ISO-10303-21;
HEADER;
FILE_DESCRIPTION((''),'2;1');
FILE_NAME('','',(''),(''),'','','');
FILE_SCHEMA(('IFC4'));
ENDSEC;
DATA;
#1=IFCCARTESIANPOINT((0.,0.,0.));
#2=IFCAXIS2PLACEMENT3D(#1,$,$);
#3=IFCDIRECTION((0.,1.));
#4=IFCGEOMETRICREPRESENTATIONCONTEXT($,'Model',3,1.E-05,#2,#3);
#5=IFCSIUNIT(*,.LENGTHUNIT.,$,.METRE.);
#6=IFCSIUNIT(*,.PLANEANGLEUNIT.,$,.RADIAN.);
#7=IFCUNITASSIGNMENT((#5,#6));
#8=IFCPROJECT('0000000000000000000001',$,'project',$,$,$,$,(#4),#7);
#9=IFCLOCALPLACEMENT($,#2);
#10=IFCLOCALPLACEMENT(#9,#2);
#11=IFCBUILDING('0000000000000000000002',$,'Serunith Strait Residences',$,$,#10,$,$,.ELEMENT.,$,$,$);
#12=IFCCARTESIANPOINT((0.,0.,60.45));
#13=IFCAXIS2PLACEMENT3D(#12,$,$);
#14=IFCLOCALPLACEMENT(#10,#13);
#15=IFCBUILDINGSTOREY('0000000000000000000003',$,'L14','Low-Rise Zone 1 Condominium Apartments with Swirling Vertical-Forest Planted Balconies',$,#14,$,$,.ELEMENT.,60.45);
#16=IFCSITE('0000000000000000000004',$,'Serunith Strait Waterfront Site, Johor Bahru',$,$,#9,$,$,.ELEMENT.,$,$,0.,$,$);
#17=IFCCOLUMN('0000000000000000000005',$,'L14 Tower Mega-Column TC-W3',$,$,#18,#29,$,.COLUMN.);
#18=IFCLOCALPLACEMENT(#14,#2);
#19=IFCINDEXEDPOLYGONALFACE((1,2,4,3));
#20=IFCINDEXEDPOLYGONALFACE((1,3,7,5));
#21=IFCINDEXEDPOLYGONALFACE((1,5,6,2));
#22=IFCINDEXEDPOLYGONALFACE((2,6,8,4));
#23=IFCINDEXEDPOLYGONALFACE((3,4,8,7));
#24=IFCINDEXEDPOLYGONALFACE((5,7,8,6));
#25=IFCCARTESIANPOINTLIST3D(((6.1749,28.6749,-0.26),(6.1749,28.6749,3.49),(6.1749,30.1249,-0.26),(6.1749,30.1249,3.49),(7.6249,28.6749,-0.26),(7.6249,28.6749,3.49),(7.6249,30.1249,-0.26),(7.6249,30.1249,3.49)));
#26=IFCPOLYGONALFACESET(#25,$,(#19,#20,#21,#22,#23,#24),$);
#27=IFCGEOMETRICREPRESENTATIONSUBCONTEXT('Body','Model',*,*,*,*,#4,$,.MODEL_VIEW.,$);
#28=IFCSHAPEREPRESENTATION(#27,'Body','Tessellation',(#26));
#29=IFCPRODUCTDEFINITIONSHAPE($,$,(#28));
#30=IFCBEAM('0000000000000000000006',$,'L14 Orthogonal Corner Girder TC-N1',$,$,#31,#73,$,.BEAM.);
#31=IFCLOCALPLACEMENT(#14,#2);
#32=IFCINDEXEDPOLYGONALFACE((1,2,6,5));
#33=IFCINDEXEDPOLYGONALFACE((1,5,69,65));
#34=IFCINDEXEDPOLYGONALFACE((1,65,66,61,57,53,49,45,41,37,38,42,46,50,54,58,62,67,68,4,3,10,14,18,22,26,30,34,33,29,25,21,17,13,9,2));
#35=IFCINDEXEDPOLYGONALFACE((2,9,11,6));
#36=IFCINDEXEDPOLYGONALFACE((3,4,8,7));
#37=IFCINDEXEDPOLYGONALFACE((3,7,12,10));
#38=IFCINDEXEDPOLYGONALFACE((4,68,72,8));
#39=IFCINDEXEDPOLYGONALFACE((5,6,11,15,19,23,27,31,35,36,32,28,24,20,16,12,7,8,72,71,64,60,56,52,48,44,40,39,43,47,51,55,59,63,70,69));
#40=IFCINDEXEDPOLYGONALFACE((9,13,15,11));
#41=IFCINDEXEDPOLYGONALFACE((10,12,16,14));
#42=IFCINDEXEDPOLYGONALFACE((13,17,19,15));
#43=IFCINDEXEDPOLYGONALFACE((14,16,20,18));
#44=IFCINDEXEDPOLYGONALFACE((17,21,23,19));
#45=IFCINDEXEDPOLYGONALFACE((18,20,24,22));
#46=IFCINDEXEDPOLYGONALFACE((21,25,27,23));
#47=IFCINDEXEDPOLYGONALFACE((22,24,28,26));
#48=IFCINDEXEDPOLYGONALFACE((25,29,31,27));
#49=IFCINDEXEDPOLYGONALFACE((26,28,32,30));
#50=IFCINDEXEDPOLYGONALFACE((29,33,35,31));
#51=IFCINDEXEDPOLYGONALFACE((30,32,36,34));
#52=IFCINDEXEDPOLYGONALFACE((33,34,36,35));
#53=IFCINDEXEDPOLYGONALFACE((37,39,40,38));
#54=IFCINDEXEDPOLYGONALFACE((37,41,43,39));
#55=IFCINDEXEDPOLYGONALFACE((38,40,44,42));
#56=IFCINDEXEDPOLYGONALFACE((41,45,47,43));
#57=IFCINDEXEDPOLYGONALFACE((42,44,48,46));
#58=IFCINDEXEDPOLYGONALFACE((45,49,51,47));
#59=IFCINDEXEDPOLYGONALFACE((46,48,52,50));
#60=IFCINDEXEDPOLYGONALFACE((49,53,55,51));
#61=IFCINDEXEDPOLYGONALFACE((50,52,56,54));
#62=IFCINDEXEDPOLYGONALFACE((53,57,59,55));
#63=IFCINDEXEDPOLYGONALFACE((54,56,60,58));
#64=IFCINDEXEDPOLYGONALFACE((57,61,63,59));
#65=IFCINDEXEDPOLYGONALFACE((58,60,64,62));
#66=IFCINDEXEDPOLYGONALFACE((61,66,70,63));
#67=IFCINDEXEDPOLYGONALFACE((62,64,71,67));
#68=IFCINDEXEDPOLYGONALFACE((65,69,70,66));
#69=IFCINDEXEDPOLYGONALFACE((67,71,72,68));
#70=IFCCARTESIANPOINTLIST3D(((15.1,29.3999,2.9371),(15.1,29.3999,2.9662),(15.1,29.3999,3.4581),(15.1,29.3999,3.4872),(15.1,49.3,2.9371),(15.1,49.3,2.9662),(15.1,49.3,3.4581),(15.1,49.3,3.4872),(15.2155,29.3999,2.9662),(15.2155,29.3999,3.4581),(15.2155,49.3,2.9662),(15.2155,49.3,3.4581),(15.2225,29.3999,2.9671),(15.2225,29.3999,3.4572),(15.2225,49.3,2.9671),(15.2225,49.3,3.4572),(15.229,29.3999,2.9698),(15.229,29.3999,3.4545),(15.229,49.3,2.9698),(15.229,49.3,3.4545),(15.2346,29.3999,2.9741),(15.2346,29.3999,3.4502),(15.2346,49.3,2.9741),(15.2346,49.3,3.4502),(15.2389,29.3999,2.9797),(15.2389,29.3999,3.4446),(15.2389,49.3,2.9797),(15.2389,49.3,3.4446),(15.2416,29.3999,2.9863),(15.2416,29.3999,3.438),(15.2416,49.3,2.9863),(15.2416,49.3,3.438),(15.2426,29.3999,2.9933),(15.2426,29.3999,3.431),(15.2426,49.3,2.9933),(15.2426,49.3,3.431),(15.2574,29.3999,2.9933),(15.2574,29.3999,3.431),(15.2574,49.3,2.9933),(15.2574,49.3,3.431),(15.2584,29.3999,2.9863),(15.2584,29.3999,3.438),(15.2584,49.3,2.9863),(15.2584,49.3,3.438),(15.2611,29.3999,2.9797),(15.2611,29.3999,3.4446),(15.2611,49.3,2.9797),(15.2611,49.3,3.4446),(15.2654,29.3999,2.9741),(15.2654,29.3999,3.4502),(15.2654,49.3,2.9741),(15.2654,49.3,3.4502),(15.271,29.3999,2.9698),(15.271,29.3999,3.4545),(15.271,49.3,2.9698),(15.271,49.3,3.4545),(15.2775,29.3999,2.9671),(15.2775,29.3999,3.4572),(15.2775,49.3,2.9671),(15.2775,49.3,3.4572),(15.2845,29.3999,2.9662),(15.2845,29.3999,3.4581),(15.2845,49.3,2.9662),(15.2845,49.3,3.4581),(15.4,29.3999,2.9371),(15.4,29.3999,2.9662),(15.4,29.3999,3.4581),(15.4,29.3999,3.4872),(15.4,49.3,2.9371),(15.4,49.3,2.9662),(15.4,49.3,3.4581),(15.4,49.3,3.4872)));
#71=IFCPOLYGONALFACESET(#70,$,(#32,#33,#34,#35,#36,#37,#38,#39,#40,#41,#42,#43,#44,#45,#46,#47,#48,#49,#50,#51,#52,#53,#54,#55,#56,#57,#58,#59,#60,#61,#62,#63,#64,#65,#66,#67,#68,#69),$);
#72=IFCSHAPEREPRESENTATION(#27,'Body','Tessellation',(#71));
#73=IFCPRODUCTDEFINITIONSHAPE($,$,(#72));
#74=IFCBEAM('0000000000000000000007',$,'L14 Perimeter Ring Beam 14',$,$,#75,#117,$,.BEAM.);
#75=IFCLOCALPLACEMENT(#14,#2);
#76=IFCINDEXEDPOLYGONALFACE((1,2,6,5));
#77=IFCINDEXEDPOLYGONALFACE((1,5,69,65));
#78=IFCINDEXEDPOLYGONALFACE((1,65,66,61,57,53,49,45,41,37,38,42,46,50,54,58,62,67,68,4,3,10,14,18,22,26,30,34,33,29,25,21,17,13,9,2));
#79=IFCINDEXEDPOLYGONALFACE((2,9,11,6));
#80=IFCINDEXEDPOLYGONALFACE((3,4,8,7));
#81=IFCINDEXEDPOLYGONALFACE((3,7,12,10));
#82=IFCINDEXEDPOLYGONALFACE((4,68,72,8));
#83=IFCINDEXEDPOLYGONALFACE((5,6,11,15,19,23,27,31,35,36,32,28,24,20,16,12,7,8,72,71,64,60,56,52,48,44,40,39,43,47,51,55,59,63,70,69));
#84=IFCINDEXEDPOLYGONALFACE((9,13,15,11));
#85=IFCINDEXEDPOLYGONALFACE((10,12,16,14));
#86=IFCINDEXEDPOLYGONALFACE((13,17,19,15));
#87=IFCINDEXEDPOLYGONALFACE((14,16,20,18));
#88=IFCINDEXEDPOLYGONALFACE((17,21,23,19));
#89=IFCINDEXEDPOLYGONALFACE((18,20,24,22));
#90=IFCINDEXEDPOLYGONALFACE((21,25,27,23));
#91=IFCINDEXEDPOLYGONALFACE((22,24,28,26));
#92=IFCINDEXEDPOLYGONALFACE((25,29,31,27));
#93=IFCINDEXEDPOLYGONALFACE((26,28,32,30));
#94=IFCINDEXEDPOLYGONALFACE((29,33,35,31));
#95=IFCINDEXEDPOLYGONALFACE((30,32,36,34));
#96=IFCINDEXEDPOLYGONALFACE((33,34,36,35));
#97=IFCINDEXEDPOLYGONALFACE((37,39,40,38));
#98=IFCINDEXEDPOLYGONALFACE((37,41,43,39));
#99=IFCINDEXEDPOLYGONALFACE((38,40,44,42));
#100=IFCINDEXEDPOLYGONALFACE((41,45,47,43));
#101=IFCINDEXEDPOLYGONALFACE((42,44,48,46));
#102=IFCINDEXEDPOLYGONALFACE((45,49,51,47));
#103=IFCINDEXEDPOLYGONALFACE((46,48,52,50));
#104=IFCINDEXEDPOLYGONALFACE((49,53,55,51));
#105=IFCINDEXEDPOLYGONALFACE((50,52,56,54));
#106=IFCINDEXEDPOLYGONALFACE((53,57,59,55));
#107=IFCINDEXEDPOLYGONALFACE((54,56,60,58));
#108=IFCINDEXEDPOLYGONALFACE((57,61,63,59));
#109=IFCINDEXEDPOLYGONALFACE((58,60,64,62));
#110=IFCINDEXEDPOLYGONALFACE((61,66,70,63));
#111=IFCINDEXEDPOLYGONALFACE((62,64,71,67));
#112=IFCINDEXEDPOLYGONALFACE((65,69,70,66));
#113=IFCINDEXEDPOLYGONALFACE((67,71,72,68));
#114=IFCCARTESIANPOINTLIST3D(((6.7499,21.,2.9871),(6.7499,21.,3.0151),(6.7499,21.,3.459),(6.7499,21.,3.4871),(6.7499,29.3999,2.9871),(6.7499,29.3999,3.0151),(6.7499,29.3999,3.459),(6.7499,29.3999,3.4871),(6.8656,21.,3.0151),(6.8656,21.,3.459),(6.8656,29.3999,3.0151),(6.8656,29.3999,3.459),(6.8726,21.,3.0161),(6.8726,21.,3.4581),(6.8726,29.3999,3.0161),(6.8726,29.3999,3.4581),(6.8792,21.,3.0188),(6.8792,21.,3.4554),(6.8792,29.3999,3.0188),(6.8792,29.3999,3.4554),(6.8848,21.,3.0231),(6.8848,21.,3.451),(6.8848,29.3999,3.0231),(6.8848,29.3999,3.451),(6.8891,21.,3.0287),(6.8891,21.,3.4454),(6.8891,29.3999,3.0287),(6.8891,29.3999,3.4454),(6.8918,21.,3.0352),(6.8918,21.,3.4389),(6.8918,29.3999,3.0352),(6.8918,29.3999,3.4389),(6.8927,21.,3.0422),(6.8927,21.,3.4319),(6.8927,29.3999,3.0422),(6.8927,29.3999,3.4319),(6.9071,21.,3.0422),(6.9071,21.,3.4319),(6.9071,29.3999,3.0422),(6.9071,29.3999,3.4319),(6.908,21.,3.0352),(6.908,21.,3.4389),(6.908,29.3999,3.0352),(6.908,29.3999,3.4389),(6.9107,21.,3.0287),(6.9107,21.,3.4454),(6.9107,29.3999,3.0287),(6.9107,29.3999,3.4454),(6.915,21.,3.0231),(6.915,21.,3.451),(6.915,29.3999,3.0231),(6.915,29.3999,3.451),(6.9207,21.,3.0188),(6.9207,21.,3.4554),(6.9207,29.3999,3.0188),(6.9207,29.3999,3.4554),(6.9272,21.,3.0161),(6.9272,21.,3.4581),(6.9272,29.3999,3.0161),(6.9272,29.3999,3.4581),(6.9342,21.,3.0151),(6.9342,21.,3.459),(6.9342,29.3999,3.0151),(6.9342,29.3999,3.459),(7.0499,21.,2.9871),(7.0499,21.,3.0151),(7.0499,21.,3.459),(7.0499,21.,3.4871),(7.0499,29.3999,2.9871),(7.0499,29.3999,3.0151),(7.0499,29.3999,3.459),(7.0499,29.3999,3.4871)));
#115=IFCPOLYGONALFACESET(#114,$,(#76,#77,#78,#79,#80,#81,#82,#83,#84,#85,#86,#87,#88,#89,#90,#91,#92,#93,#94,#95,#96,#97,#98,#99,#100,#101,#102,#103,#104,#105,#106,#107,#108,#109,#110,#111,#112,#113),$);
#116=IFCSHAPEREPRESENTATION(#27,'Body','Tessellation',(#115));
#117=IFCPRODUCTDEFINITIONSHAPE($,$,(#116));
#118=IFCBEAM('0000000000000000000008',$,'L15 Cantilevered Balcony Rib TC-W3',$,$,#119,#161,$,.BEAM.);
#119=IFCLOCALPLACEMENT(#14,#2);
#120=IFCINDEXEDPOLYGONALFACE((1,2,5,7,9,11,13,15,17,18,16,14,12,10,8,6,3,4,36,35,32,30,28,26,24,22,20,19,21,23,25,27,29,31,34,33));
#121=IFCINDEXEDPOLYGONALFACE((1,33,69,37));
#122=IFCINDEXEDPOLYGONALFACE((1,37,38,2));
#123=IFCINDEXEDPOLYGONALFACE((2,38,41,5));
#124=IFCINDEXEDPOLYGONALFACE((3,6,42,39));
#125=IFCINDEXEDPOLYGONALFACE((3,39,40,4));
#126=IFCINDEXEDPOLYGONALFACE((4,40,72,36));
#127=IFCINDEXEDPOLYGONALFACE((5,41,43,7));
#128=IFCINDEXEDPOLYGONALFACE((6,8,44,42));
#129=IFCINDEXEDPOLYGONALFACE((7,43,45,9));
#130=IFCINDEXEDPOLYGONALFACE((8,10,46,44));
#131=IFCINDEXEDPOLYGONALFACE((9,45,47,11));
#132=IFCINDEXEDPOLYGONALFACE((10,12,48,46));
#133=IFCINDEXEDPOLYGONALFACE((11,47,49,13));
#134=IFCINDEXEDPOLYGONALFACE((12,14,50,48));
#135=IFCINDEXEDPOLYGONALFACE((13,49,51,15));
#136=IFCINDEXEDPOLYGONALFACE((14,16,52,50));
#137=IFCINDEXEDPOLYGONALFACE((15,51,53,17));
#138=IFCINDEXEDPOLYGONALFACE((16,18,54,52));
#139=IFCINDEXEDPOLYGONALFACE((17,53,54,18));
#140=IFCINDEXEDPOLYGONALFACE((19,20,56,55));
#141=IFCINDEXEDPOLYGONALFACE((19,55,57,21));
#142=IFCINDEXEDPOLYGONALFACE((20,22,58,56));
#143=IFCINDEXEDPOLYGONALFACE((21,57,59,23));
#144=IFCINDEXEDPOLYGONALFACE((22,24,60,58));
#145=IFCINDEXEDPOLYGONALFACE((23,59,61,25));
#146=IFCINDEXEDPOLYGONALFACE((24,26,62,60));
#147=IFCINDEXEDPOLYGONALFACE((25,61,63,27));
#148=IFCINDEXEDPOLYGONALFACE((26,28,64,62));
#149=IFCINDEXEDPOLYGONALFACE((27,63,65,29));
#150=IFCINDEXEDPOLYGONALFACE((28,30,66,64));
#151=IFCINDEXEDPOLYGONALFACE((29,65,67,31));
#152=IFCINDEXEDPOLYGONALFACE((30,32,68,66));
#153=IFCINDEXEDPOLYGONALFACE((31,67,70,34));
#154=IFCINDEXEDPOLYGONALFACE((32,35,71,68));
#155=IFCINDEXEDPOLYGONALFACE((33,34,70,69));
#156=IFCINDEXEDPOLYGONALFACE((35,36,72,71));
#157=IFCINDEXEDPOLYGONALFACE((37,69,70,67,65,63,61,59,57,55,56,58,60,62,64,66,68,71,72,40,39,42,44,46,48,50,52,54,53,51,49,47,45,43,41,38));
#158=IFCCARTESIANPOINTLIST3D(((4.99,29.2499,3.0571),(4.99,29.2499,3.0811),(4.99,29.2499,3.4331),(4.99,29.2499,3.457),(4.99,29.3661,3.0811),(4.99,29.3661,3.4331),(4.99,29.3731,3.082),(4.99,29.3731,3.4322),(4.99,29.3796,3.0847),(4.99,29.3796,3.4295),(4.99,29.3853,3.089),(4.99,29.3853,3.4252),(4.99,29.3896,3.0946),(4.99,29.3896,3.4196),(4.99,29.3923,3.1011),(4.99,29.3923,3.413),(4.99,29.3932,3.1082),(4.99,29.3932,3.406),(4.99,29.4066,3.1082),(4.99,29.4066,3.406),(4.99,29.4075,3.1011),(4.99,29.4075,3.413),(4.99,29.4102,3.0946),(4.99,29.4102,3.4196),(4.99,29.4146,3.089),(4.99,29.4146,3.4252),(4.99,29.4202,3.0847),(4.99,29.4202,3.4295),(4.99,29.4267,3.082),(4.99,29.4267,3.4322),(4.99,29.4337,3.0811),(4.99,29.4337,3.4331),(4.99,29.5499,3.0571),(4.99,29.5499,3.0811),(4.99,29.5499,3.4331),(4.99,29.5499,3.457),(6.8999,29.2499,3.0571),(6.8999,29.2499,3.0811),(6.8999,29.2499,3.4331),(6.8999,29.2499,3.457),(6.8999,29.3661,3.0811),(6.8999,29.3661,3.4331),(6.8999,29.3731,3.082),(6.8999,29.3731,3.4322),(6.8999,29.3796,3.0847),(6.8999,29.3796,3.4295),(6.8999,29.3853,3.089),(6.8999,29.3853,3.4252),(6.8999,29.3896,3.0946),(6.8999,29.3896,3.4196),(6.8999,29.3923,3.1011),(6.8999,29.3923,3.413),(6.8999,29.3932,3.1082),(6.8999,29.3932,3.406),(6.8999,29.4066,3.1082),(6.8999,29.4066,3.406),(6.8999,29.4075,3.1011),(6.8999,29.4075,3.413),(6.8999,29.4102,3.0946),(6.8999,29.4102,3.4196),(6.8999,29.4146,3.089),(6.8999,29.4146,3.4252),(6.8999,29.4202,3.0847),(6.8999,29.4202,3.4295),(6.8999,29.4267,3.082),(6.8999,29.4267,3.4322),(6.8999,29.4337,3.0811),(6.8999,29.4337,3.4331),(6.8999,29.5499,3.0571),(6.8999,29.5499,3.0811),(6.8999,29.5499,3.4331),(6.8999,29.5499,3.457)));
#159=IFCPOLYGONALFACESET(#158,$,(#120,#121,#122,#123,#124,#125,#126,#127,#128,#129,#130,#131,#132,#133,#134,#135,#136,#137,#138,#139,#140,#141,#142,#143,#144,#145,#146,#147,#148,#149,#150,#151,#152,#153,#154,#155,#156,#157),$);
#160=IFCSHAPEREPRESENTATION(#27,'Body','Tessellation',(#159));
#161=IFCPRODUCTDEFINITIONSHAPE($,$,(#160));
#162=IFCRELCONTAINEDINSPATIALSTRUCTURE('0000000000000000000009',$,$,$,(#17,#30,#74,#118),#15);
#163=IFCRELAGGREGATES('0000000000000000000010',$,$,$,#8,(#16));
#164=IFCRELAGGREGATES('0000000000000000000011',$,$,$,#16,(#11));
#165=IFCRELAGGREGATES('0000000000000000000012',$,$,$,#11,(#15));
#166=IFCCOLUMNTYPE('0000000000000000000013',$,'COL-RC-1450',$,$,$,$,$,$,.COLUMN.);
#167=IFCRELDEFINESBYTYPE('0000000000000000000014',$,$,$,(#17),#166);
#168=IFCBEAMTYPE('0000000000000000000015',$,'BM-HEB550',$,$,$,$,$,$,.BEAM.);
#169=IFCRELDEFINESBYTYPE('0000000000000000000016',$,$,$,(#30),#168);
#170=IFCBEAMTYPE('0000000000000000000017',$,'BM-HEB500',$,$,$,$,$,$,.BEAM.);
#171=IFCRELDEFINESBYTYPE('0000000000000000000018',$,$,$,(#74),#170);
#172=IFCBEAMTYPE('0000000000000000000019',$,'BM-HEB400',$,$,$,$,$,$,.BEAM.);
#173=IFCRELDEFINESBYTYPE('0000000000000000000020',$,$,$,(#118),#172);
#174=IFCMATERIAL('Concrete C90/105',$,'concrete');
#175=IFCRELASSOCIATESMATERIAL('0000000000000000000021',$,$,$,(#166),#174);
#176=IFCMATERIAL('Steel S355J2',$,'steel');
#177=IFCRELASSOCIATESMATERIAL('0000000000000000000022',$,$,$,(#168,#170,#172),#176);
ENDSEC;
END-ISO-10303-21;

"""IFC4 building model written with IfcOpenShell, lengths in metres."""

from ifc_helpers import new_model, si_unit, direction, frame, origin, origin_2d, place, context, subcontext, project, spatial, rectangle, i_section, extrude, source, transform, mapped, material, material_profile, profile_set, type_object, element, save


model = new_model("IFC4")

# Units and contexts
model_context = context("Model", 3, precision=1e-05, world=origin(), true_north=direction((0.0, 1.0)))
body_context = subcontext(model_context, "Body", "Model", "MODEL_VIEW")
ifc_project = project(units=[si_unit("LENGTHUNIT", "METRE"), si_unit("PLANEANGLEUNIT", "RADIAN")], contexts=[model_context])

# Site, building, storey
site_placement = place(None, origin())
site = spatial("IfcSite", under=ifc_project, at=site_placement, Name="Serunith Strait Waterfront Site, Johor Bahru", CompositionType="ELEMENT", RefElevation=0.0)
building_placement = place(site_placement, origin())
building = spatial("IfcBuilding", under=site, at=building_placement, Name="Serunith Strait Residences", CompositionType="ELEMENT")
storey_placement = place(building_placement, frame((0.0, 0.0, 60.45)))
storey = spatial("IfcBuildingStorey", under=building, at=storey_placement, Name="L14", Description="Low-Rise Zone 1 Condominium Apartments with Swirling Vertical-Forest Planted Balconies", CompositionType="ELEMENT", Elevation=60.45)

# Column
ifc_material_1 = material(Name="Concrete C90/105", Category="concrete")
ifc_material_profile_1 = material_profile(ifc_material_1, rectangle(XDim=1.45, YDim=1.45, at=origin_2d()), Name="RC 1450x1450")
ifc_profile_set_1 = profile_set([ifc_material_profile_1], Name="Concrete C90/105")
column_type = type_object("IfcColumnType", Name="COL-RC-1450", PredefinedType="COLUMN", material=ifc_profile_set_1)
shared_shape_1 = source(origin(), body_context, "Body", "SweptSolid", [
    extrude(rectangle(XDim=1.45, YDim=1.45, at=origin_2d()), origin(), (0.0, 0.0, 1.0), 3.75),
])
column_placement = place(storey_placement, frame((6.8999, 29.3999, -0.26), z_axis=(0.0, 0.0, 1.0), x_axis=(1.0, 0.0, 0.0)))
element("IfcColumn", 1, at=column_placement, inside=storey, type_object=column_type, Name="L14 Tower Mega-Column TC-W3", PredefinedType="COLUMN", context=body_context, shape_type="MappedRepresentation", body=[
    mapped(shared_shape_1, transform((0.0, 0.0, 0.0), scale=1.0)),
])

# Beams
ifc_material_2 = material(Name="Steel S355J2", Category="steel")
ifc_material_profile_2 = material_profile(ifc_material_2, i_section(OverallWidth=0.3, OverallDepth=0.55, WebThickness=0.0149, FlangeThickness=0.0291, FilletRadius=0.0271, at=origin_2d()), Name="HEB 550")
ifc_profile_set_2 = profile_set([ifc_material_profile_2], Name="Steel S355J2")
beam_type_1 = type_object("IfcBeamType", Name="BM-HEB550", PredefinedType="BEAM", material=ifc_profile_set_2)
shared_shape_2 = source(origin(), body_context, "Body", "SweptSolid", [
    extrude(i_section(OverallWidth=0.3, OverallDepth=0.55, WebThickness=0.0149, FlangeThickness=0.0291, FilletRadius=0.0271, at=origin_2d()), origin(), (0.0, 0.0, 1.0), 19.9001),
])
beam_1_placement = place(storey_placement, frame((15.25, 29.3999, 3.2122), z_axis=(0.0, 1.0, 0.0), x_axis=(-1.0, 0.0, 0.0)))
element("IfcBeam", 2, at=beam_1_placement, inside=storey, type_object=beam_type_1, Name="L14 Orthogonal Corner Girder TC-N1", PredefinedType="BEAM", context=body_context, shape_type="MappedRepresentation", body=[
    mapped(shared_shape_2, transform((0.0, 0.0, 0.0), scale=1.0)),
])
ifc_material_profile_3 = material_profile(ifc_material_2, i_section(OverallWidth=0.3, OverallDepth=0.5, WebThickness=0.0144, FlangeThickness=0.0281, FilletRadius=0.0271, at=origin_2d()), Name="HEB 500")
ifc_profile_set_3 = profile_set([ifc_material_profile_3], Name="Steel S355J2")
beam_type_2 = type_object("IfcBeamType", Name="BM-HEB500", PredefinedType="BEAM", material=ifc_profile_set_3)
shared_shape_3 = source(origin(), body_context, "Body", "SweptSolid", [
    extrude(i_section(OverallWidth=0.3, OverallDepth=0.5, WebThickness=0.0144, FlangeThickness=0.0281, FilletRadius=0.0271, at=origin_2d()), origin(), (0.0, 0.0, 1.0), 8.3999),
])
beam_2_placement = place(storey_placement, frame((6.8999, 29.3999, 3.2371), z_axis=(0.0, -1.0, 0.0), x_axis=(1.0, 0.0, 0.0)))
element("IfcBeam", 3, at=beam_2_placement, inside=storey, type_object=beam_type_2, Name="L14 Perimeter Ring Beam 14", PredefinedType="BEAM", context=body_context, shape_type="MappedRepresentation", body=[
    mapped(shared_shape_3, transform((0.0, 0.0, 0.0), scale=1.0)),
])
ifc_material_profile_4 = material_profile(ifc_material_2, i_section(OverallWidth=0.3, OverallDepth=0.3999, WebThickness=0.0134, FlangeThickness=0.0239, FilletRadius=0.0271, at=origin_2d()), Name="HEB 400")
ifc_profile_set_4 = profile_set([ifc_material_profile_4], Name="Steel S355J2")
beam_type_3 = type_object("IfcBeamType", Name="BM-HEB400", PredefinedType="BEAM", material=ifc_profile_set_4)
shared_shape_4 = source(origin(), body_context, "Body", "SweptSolid", [
    extrude(i_section(OverallWidth=0.3, OverallDepth=0.3999, WebThickness=0.0134, FlangeThickness=0.0239, FilletRadius=0.0271, at=origin_2d()), origin(), (0.0, 0.0, 1.0), 1.9099),
])
beam_3_placement = place(storey_placement, frame((6.8999, 29.3999, 3.2571), z_axis=(-1.0, 0.0, 0.0), x_axis=(0.0, -1.0, 0.0)))
element("IfcBeam", 4, at=beam_3_placement, inside=storey, type_object=beam_type_3, Name="L15 Cantilevered Balcony Rib TC-W3", PredefinedType="BEAM", context=body_context, shape_type="MappedRepresentation", body=[
    mapped(shared_shape_4, transform((0.0, 0.0, 0.0), scale=1.0)),
])

save(model, "model.ifc")
